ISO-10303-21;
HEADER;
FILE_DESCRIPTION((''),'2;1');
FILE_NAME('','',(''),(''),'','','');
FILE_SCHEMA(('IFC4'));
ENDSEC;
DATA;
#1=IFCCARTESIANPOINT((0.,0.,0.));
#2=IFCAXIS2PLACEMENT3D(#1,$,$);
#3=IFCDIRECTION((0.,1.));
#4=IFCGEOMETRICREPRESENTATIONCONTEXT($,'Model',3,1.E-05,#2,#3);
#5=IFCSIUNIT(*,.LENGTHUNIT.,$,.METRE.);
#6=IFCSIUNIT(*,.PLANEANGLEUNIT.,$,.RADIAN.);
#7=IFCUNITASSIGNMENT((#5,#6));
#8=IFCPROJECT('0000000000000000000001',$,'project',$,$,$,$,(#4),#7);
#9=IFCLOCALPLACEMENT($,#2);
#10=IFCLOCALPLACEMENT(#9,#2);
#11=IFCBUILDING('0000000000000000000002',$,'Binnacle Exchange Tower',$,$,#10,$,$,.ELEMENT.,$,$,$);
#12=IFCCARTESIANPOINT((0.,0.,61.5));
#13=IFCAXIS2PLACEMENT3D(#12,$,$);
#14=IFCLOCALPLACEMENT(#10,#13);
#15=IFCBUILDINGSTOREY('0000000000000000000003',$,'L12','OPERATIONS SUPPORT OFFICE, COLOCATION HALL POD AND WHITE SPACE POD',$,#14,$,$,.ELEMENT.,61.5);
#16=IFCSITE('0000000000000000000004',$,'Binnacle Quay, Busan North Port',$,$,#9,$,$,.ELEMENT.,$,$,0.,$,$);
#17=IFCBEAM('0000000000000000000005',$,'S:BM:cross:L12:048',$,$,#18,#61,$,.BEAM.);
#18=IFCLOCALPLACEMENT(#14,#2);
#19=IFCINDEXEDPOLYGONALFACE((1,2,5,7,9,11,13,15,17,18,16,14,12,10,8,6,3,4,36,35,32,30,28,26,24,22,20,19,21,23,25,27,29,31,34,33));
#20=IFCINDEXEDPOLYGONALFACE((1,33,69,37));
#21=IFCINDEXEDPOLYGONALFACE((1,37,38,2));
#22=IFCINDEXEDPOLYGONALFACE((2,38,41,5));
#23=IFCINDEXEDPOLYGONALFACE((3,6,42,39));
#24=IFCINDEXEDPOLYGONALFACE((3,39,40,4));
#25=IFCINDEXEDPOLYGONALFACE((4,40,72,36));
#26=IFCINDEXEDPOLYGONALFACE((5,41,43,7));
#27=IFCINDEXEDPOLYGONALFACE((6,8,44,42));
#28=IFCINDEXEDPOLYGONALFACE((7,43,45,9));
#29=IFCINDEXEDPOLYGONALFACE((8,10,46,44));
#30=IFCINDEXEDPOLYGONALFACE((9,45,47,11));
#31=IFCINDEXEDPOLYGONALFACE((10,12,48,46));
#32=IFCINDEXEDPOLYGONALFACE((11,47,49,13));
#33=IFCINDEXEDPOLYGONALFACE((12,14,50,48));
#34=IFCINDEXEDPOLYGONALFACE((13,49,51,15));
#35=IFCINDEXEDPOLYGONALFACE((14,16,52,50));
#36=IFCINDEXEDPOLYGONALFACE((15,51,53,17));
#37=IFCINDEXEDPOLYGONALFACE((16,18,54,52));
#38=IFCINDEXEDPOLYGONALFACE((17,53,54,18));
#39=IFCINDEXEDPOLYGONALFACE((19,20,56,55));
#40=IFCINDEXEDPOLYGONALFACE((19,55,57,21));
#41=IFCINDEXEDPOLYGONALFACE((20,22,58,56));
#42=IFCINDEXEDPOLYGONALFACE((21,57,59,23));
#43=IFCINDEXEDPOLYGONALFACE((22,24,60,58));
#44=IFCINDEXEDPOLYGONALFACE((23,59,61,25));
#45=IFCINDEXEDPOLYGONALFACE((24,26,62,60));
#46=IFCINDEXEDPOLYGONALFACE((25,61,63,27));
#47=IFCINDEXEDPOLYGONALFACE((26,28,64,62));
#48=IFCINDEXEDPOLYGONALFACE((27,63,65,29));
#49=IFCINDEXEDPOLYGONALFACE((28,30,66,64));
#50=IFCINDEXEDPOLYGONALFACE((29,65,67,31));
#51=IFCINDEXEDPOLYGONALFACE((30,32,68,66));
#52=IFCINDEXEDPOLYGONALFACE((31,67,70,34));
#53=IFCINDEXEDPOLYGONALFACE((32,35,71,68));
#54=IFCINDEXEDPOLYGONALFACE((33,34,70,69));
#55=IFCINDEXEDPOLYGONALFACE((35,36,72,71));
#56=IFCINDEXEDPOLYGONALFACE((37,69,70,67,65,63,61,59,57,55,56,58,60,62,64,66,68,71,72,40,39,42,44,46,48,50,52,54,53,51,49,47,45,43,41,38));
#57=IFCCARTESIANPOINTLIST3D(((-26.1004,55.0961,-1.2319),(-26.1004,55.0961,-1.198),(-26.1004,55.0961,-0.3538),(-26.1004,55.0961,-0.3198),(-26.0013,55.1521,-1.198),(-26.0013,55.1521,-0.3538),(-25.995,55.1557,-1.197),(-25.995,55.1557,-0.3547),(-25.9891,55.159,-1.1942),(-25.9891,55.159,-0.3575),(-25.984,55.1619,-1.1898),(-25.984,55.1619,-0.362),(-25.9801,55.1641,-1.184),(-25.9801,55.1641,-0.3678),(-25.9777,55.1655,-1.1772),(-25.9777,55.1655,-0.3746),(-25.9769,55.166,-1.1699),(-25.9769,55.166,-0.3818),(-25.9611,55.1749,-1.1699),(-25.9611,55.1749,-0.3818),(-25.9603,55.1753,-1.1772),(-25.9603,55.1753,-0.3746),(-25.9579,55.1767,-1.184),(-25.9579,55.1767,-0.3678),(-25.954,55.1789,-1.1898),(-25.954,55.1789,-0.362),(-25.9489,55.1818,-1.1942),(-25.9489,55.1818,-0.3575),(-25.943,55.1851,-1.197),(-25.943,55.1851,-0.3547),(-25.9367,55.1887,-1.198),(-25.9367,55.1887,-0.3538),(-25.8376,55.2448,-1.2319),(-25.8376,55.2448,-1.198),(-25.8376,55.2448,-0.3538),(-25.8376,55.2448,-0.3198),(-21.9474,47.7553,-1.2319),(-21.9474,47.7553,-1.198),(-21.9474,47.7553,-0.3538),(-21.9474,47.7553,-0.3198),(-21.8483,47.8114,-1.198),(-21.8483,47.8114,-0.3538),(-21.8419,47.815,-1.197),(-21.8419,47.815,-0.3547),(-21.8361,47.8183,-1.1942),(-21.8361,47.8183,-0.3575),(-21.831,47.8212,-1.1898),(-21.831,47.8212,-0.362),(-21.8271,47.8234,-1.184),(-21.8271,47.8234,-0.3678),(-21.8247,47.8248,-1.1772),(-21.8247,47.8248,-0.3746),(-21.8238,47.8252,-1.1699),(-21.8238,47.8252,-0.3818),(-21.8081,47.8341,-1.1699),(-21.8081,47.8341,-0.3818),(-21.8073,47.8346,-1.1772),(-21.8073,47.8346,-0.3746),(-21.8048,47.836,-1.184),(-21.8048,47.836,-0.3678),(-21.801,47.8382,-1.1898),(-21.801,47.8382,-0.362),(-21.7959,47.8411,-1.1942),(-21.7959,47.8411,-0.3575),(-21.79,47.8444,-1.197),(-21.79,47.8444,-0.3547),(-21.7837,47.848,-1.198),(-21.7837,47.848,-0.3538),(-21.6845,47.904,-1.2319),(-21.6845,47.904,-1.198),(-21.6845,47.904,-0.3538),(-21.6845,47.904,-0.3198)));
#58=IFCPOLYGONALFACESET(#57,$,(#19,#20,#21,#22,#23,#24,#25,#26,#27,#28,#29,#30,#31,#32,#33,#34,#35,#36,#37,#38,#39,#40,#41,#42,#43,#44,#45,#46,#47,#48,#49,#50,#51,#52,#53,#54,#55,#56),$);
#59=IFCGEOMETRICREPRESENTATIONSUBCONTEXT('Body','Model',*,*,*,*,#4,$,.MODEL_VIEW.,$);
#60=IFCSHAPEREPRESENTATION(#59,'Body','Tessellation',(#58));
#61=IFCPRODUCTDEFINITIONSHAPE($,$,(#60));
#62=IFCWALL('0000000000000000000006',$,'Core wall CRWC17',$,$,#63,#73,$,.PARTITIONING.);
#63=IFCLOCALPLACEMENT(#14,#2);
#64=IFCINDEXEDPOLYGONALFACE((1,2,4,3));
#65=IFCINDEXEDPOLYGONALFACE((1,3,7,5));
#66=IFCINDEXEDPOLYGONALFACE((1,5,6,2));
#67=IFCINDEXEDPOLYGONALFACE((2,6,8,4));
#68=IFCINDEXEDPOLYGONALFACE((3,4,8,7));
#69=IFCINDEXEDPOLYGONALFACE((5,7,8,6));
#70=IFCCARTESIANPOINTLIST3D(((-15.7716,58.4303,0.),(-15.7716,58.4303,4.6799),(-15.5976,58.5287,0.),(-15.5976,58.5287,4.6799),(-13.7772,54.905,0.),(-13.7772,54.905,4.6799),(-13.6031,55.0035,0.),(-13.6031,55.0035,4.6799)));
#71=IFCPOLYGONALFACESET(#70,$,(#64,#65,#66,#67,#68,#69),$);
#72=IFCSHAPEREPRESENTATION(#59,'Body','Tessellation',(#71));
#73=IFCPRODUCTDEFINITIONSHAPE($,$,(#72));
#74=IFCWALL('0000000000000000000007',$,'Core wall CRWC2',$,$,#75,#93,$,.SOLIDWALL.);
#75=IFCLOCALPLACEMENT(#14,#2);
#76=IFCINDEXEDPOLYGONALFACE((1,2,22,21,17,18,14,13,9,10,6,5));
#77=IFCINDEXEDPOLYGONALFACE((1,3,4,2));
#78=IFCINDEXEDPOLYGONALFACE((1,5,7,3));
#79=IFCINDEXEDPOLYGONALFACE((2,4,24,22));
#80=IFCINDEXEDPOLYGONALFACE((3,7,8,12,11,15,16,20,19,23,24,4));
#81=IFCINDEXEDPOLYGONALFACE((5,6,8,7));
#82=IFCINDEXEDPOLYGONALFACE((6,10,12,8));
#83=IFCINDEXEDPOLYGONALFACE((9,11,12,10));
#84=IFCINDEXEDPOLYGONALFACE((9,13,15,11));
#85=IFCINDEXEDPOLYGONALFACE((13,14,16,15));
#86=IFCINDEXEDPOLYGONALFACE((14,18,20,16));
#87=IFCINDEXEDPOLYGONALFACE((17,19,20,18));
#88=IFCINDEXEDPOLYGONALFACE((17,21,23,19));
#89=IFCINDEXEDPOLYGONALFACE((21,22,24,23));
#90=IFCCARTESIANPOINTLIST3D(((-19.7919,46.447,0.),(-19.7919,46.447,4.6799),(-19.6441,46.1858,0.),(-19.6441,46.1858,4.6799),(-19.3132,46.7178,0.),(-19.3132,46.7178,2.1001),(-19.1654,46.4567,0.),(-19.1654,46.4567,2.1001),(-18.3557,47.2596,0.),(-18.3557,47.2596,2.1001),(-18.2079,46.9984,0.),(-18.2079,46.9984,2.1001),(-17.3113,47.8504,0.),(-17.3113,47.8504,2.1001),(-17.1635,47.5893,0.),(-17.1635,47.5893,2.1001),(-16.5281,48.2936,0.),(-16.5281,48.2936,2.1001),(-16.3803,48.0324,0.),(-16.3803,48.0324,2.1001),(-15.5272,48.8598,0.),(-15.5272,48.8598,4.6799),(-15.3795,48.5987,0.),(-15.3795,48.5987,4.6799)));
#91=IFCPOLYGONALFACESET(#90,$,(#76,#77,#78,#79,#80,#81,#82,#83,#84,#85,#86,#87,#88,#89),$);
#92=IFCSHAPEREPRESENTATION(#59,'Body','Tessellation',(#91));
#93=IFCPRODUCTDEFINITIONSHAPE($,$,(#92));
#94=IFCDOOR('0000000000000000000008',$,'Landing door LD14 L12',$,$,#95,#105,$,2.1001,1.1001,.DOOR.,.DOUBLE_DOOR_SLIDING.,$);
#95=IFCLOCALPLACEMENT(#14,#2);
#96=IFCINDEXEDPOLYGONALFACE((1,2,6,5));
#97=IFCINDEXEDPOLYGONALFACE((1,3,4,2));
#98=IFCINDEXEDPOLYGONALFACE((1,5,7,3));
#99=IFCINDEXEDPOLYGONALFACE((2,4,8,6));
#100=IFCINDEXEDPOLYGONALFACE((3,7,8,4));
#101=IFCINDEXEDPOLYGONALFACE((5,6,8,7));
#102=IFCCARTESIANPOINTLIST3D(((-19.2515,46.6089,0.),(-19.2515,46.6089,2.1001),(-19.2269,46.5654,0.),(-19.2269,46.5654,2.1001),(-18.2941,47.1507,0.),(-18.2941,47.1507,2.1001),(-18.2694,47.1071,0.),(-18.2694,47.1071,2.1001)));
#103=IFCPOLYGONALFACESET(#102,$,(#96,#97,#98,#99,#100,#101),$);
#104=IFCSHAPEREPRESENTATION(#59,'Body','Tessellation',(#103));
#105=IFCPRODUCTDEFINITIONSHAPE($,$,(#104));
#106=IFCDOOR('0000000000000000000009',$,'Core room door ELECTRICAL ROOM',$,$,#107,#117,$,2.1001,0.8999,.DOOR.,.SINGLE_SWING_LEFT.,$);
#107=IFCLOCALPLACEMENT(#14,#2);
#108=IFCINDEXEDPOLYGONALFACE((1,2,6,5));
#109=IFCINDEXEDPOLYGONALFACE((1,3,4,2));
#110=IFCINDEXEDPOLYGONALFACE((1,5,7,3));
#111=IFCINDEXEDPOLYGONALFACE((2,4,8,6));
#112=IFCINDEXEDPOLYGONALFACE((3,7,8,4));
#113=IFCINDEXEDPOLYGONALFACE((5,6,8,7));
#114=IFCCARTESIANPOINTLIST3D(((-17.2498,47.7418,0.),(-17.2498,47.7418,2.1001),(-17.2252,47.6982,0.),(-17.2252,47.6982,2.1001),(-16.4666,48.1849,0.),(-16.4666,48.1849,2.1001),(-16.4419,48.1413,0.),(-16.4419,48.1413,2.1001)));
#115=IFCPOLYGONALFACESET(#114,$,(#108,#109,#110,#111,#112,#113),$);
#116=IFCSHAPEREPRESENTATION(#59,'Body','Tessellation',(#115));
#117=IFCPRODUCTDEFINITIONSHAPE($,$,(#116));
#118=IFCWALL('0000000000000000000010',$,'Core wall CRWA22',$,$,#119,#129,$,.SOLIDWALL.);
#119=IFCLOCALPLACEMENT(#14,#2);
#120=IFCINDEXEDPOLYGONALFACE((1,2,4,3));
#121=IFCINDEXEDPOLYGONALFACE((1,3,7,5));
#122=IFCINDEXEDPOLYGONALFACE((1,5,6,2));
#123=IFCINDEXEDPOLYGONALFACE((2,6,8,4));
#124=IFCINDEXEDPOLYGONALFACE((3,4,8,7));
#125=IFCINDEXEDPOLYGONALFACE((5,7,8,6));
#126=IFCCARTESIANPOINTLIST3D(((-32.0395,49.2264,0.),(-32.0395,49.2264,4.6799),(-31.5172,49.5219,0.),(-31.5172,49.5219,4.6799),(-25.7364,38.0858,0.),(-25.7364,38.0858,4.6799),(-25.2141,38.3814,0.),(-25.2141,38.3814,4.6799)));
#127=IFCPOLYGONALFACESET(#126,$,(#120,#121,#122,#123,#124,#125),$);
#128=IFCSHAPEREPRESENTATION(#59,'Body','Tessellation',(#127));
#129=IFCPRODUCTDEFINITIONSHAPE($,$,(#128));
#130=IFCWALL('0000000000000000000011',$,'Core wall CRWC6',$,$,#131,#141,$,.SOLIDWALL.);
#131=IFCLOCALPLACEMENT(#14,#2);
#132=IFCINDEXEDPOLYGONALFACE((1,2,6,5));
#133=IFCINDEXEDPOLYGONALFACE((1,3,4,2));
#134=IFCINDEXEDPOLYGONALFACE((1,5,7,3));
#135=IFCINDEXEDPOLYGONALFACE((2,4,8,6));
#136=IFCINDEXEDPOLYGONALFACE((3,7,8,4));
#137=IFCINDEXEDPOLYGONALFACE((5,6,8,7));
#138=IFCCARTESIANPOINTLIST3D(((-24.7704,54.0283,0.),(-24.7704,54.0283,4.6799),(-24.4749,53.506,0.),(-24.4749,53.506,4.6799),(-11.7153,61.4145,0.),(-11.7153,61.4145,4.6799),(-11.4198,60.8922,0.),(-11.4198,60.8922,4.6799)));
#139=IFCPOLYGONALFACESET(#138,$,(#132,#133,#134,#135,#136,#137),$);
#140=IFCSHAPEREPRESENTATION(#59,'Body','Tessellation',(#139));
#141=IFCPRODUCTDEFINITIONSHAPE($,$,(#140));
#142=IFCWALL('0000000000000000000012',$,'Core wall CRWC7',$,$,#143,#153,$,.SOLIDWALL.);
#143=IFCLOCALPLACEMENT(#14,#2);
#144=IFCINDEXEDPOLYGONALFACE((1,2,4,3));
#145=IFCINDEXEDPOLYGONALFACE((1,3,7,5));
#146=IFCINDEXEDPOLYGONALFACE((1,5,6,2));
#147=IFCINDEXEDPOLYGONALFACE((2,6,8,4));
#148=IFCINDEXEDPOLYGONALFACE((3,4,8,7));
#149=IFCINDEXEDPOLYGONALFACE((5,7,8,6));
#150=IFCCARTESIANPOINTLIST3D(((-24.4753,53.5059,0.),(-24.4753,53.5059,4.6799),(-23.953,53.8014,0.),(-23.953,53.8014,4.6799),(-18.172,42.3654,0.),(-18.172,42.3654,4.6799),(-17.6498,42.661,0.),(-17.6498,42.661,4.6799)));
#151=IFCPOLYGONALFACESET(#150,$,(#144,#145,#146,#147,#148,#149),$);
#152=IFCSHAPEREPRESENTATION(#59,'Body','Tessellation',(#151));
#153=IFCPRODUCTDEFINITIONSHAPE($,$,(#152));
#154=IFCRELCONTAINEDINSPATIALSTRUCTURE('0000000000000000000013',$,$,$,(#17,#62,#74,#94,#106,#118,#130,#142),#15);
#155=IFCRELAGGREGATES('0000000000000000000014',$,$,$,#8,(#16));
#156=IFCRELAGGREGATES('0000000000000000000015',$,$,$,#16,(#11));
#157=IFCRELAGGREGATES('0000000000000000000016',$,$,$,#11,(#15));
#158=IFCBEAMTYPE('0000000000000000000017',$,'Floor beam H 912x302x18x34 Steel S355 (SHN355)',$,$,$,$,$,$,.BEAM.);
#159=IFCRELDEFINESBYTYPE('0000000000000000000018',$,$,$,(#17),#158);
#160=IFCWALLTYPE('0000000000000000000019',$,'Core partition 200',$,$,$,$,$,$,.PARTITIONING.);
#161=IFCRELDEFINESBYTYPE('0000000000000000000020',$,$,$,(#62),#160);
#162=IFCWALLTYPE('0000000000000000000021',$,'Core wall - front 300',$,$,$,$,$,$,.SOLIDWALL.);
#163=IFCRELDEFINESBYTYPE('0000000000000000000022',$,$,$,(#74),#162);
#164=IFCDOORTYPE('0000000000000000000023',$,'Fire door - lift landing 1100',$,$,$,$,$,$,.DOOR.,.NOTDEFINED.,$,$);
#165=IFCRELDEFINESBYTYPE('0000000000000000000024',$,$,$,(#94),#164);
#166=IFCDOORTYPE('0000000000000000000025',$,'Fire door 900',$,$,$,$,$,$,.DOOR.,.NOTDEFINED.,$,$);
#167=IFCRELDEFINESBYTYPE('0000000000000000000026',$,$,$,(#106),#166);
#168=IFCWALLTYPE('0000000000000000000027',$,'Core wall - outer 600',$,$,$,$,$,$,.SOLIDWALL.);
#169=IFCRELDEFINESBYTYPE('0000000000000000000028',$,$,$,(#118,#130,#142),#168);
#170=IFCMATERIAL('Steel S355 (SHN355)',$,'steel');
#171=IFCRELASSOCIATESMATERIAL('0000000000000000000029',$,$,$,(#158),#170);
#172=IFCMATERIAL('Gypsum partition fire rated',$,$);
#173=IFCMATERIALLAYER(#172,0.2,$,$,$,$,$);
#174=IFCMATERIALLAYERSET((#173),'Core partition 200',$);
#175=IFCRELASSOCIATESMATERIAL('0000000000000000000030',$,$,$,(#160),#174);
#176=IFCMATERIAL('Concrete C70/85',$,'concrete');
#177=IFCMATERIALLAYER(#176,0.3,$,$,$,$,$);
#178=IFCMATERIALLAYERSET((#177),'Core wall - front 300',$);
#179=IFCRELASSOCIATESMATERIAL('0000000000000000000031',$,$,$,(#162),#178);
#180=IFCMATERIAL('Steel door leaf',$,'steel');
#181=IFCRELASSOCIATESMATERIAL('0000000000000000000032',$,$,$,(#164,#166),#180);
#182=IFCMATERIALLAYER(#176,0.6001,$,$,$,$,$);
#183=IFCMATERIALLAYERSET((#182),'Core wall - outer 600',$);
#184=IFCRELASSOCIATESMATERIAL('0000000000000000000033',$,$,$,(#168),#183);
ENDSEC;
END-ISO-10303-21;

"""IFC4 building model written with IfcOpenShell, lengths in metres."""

from ifc_helpers import new_model, si_unit, direction, frame, frame_2d, origin, origin_2d, place, context, subcontext, project, spatial, rectangle, i_section, extrude, material, layer, layer_set, material_profile, profile_set, type_object, element, fill, save


model = new_model("IFC4")

# Units and contexts
model_context = context("Model", 3, precision=1e-05, world=origin(), true_north=direction((0.0, 1.0)))
body_context = subcontext(model_context, "Body", "Model", "MODEL_VIEW")
ifc_project = project(units=[si_unit("LENGTHUNIT", "METRE"), si_unit("PLANEANGLEUNIT", "RADIAN")], contexts=[model_context])

# Site, building, storey
site_placement = place(None, origin())
site = spatial("IfcSite", under=ifc_project, at=site_placement, Name="Binnacle Quay, Busan North Port", CompositionType="ELEMENT", RefElevation=0.0)
building_placement = place(site_placement, origin())
building = spatial("IfcBuilding", under=site, at=building_placement, Name="Binnacle Exchange Tower", CompositionType="ELEMENT")
storey_placement = place(building_placement, frame((0.0, 0.0, 61.5)))
storey = spatial("IfcBuildingStorey", under=building, at=storey_placement, Name="L12", Description="OPERATIONS SUPPORT OFFICE, COLOCATION HALL POD AND WHITE SPACE POD", CompositionType="ELEMENT", Elevation=61.5)

# Shared definitions
ifc_material_1 = material(Name="Concrete C70/85", Category="concrete")

# Beam
ifc_material_2 = material(Name="Steel S355 (SHN355)", Category="steel")
ifc_material_profile_1 = material_profile(ifc_material_2, i_section(OverallWidth=0.302, OverallDepth=0.9121, WebThickness=0.0181, FlangeThickness=0.0339, FilletRadius=0.0281, at=origin_2d()), Name="H 912x302x18x34")
ifc_profile_set_1 = profile_set([ifc_material_profile_1], Name="Steel S355 (SHN355)")
beam_type_1 = type_object("IfcBeamType", Name="Floor beam H 912x302x18x34 Steel S355 (SHN355)", PredefinedType="BEAM", material=ifc_profile_set_1)
beam_1_placement = place(storey_placement, frame((-25.969, 55.1704, -0.7759), z_axis=(0.492409, -0.870364, 0.0), x_axis=(0.870364, 0.492409, 0.0)))
element("IfcBeam", 1, at=beam_1_placement, inside=storey, type_object=beam_type_1, Name="S:BM:cross:L12:048", PredefinedType="BEAM", context=body_context, shape_type="SweptSolid", body=[
    extrude(i_section(OverallWidth=0.302, OverallDepth=0.9121, WebThickness=0.0181, FlangeThickness=0.0339, FilletRadius=0.0281, at=origin_2d()), origin(), (0.0, 0.0, 1.0), 8.4341),
])

# Wall
ifc_material_3 = material(Name="Gypsum partition fire rated")
ifc_layer_1 = layer(ifc_material_3, 0.2)
ifc_layer_set_1 = layer_set([ifc_layer_1], Name="Core partition 200")
wall_type_1 = type_object("IfcWallType", Name="Core partition 200", PredefinedType="PARTITIONING", material=ifc_layer_set_1)
wall_1_placement = place(storey_placement, frame((-15.6846, 58.4795, 0.0), z_axis=(0.0, 0.0, 1.0), x_axis=(0.492415, -0.870361, 0.0)))
element("IfcWall", 2, at=wall_1_placement, inside=storey, type_object=wall_type_1, Name="Core wall CRWC17", PredefinedType="PARTITIONING", context=body_context, shape_type="SweptSolid", body=[
    extrude(rectangle(XDim=4.0503, YDim=0.2, at=frame_2d((2.0251, 0.0))), origin(), (0.0, 0.0, 1.0), 4.6799),
])

# Wall, openings, doors
ifc_layer_2 = layer(ifc_material_1, 0.3)
ifc_layer_set_2 = layer_set([ifc_layer_2], Name="Core wall - front 300")
wall_type_2 = type_object("IfcWallType", Name="Core wall - front 300", PredefinedType="SOLIDWALL", material=ifc_layer_set_2)
wall_2_placement = place(storey_placement, frame((-19.718, 46.3164, 0.0), z_axis=(0.0, 0.0, 1.0), x_axis=(0.870354, 0.492427, 0.0)))
wall_2 = element("IfcWall", 3, at=wall_2_placement, inside=storey, type_object=wall_type_2, Name="Core wall CRWC2", PredefinedType="SOLIDWALL", context=body_context, shape_type="SweptSolid", body=[
    extrude(rectangle(XDim=4.8999, YDim=0.3, at=frame_2d((2.45, 0.0))), origin(), (0.0, 0.0, 1.0), 4.6799),
])
opening_1_placement = place(wall_2_placement, frame((0.55, 0.0, 0.0)))
opening_1 = element("IfcOpeningElement", 4, at=opening_1_placement, cuts=wall_2, PredefinedType="OPENING", context=body_context, shape_type="SweptSolid", body=[
    extrude(rectangle(XDim=1.1001, YDim=2.1001, at=frame_2d((0.55, 1.05))), frame((0.0, 0.1599, 0.0), z_axis=(0.0, -1.0, 0.0), x_axis=(1.0, 0.0, 0.0)), (0.0, 0.0, 1.0), 0.3201),
])
opening_2_placement = place(wall_2_placement, frame((2.8501, 0.0, 0.0)))
opening_2 = element("IfcOpeningElement", 5, at=opening_2_placement, cuts=wall_2, PredefinedType="OPENING", context=body_context, shape_type="SweptSolid", body=[
    extrude(rectangle(XDim=0.8999, YDim=2.1001, at=frame_2d((0.45, 1.05))), frame((0.0, 0.1599, 0.0), z_axis=(0.0, -1.0, 0.0), x_axis=(1.0, 0.0, 0.0)), (0.0, 0.0, 1.0), 0.3201),
])
ifc_material_4 = material(Name="Steel door leaf", Category="steel")
door_type_1 = type_object("IfcDoorType", Name="Fire door - lift landing 1100", OperationType="NOTDEFINED", PredefinedType="DOOR", material=ifc_material_4)
door_1_placement = place(opening_1_placement, origin())
door_1 = element("IfcDoor", 6, at=door_1_placement, inside=storey, type_object=door_type_1, Name="Landing door LD14 L12", OperationType="DOUBLE_DOOR_SLIDING", OverallHeight=2.1001, OverallWidth=1.1001, PredefinedType="DOOR", context=body_context, shape_type="SweptSolid", body=[
    extrude(rectangle(XDim=1.1001, YDim=2.1001, at=frame_2d((0.55, 1.05))), frame((0.0, 0.0249, 0.0), z_axis=(0.0, -1.0, 0.0), x_axis=(1.0, 0.0, 0.0)), (0.0, 0.0, 1.0), 0.05),
])
fill(opening_1, door_1)
door_type_2 = type_object("IfcDoorType", Name="Fire door 900", OperationType="NOTDEFINED", PredefinedType="DOOR", material=ifc_material_4)
door_2_placement = place(opening_2_placement, frame((0.8999, 0.0, 0.0), z_axis=(0.0, 0.0, 1.0), x_axis=(-1.0, 0.0, 0.0)))
door_2 = element("IfcDoor", 7, at=door_2_placement, inside=storey, type_object=door_type_2, Name="Core room door ELECTRICAL ROOM", OperationType="SINGLE_SWING_LEFT", OverallHeight=2.1001, OverallWidth=0.8999, PredefinedType="DOOR", context=body_context, shape_type="SweptSolid", body=[
    extrude(rectangle(XDim=0.8999, YDim=2.1001, at=frame_2d((0.45, 1.05))), frame((0.0, 0.0249, 0.0), z_axis=(0.0, -1.0, 0.0), x_axis=(1.0, 0.0, 0.0)), (0.0, 0.0, 1.0), 0.05),
])
fill(opening_2, door_2)

# Walls
ifc_layer_3 = layer(ifc_material_1, 0.6001)
ifc_layer_set_3 = layer_set([ifc_layer_3], Name="Core wall - outer 600")
wall_type_3 = type_object("IfcWallType", Name="Core wall - outer 600", PredefinedType="SOLIDWALL", material=ifc_layer_set_3)
wall_3_placement = place(storey_placement, frame((-31.7783, 49.374, 0.0), z_axis=(0.0, 0.0, 1.0), x_axis=(0.492433, -0.87035, 0.0)))
element("IfcWall", 8, at=wall_3_placement, inside=storey, type_object=wall_type_3, Name="Core wall CRWA22", PredefinedType="SOLIDWALL", context=body_context, shape_type="SweptSolid", body=[
    extrude(rectangle(XDim=12.8, YDim=0.6001, at=frame_2d((6.3999, 0.0))), origin(), (0.0, 0.0, 1.0), 4.6799),
])
wall_4_placement = place(storey_placement, frame((-24.6228, 53.7671, 0.0), z_axis=(0.0, 0.0, 1.0), x_axis=(0.870357, 0.492422, 0.0)))
element("IfcWall", 9, at=wall_4_placement, inside=storey, type_object=wall_type_3, Name="Core wall CRWC6", PredefinedType="SOLIDWALL", context=body_context, shape_type="SweptSolid", body=[
    extrude(rectangle(XDim=14.9998, YDim=0.6001, at=frame_2d((7.5, 0.0))), origin(), (0.0, 0.0, 1.0), 4.6799),
])
wall_5_placement = place(storey_placement, frame((-24.2141, 53.6536, 0.0), z_axis=(0.0, 0.0, 1.0), x_axis=(0.492441, -0.870346, 0.0)))
element("IfcWall", 10, at=wall_5_placement, inside=storey, type_object=wall_type_3, Name="Core wall CRWC7", PredefinedType="SOLIDWALL", context=body_context, shape_type="SweptSolid", body=[
    extrude(rectangle(XDim=12.8, YDim=0.6001, at=frame_2d((6.3999, 0.0))), origin(), (0.0, 0.0, 1.0), 4.6799),
])

save(model, "model.ifc")
